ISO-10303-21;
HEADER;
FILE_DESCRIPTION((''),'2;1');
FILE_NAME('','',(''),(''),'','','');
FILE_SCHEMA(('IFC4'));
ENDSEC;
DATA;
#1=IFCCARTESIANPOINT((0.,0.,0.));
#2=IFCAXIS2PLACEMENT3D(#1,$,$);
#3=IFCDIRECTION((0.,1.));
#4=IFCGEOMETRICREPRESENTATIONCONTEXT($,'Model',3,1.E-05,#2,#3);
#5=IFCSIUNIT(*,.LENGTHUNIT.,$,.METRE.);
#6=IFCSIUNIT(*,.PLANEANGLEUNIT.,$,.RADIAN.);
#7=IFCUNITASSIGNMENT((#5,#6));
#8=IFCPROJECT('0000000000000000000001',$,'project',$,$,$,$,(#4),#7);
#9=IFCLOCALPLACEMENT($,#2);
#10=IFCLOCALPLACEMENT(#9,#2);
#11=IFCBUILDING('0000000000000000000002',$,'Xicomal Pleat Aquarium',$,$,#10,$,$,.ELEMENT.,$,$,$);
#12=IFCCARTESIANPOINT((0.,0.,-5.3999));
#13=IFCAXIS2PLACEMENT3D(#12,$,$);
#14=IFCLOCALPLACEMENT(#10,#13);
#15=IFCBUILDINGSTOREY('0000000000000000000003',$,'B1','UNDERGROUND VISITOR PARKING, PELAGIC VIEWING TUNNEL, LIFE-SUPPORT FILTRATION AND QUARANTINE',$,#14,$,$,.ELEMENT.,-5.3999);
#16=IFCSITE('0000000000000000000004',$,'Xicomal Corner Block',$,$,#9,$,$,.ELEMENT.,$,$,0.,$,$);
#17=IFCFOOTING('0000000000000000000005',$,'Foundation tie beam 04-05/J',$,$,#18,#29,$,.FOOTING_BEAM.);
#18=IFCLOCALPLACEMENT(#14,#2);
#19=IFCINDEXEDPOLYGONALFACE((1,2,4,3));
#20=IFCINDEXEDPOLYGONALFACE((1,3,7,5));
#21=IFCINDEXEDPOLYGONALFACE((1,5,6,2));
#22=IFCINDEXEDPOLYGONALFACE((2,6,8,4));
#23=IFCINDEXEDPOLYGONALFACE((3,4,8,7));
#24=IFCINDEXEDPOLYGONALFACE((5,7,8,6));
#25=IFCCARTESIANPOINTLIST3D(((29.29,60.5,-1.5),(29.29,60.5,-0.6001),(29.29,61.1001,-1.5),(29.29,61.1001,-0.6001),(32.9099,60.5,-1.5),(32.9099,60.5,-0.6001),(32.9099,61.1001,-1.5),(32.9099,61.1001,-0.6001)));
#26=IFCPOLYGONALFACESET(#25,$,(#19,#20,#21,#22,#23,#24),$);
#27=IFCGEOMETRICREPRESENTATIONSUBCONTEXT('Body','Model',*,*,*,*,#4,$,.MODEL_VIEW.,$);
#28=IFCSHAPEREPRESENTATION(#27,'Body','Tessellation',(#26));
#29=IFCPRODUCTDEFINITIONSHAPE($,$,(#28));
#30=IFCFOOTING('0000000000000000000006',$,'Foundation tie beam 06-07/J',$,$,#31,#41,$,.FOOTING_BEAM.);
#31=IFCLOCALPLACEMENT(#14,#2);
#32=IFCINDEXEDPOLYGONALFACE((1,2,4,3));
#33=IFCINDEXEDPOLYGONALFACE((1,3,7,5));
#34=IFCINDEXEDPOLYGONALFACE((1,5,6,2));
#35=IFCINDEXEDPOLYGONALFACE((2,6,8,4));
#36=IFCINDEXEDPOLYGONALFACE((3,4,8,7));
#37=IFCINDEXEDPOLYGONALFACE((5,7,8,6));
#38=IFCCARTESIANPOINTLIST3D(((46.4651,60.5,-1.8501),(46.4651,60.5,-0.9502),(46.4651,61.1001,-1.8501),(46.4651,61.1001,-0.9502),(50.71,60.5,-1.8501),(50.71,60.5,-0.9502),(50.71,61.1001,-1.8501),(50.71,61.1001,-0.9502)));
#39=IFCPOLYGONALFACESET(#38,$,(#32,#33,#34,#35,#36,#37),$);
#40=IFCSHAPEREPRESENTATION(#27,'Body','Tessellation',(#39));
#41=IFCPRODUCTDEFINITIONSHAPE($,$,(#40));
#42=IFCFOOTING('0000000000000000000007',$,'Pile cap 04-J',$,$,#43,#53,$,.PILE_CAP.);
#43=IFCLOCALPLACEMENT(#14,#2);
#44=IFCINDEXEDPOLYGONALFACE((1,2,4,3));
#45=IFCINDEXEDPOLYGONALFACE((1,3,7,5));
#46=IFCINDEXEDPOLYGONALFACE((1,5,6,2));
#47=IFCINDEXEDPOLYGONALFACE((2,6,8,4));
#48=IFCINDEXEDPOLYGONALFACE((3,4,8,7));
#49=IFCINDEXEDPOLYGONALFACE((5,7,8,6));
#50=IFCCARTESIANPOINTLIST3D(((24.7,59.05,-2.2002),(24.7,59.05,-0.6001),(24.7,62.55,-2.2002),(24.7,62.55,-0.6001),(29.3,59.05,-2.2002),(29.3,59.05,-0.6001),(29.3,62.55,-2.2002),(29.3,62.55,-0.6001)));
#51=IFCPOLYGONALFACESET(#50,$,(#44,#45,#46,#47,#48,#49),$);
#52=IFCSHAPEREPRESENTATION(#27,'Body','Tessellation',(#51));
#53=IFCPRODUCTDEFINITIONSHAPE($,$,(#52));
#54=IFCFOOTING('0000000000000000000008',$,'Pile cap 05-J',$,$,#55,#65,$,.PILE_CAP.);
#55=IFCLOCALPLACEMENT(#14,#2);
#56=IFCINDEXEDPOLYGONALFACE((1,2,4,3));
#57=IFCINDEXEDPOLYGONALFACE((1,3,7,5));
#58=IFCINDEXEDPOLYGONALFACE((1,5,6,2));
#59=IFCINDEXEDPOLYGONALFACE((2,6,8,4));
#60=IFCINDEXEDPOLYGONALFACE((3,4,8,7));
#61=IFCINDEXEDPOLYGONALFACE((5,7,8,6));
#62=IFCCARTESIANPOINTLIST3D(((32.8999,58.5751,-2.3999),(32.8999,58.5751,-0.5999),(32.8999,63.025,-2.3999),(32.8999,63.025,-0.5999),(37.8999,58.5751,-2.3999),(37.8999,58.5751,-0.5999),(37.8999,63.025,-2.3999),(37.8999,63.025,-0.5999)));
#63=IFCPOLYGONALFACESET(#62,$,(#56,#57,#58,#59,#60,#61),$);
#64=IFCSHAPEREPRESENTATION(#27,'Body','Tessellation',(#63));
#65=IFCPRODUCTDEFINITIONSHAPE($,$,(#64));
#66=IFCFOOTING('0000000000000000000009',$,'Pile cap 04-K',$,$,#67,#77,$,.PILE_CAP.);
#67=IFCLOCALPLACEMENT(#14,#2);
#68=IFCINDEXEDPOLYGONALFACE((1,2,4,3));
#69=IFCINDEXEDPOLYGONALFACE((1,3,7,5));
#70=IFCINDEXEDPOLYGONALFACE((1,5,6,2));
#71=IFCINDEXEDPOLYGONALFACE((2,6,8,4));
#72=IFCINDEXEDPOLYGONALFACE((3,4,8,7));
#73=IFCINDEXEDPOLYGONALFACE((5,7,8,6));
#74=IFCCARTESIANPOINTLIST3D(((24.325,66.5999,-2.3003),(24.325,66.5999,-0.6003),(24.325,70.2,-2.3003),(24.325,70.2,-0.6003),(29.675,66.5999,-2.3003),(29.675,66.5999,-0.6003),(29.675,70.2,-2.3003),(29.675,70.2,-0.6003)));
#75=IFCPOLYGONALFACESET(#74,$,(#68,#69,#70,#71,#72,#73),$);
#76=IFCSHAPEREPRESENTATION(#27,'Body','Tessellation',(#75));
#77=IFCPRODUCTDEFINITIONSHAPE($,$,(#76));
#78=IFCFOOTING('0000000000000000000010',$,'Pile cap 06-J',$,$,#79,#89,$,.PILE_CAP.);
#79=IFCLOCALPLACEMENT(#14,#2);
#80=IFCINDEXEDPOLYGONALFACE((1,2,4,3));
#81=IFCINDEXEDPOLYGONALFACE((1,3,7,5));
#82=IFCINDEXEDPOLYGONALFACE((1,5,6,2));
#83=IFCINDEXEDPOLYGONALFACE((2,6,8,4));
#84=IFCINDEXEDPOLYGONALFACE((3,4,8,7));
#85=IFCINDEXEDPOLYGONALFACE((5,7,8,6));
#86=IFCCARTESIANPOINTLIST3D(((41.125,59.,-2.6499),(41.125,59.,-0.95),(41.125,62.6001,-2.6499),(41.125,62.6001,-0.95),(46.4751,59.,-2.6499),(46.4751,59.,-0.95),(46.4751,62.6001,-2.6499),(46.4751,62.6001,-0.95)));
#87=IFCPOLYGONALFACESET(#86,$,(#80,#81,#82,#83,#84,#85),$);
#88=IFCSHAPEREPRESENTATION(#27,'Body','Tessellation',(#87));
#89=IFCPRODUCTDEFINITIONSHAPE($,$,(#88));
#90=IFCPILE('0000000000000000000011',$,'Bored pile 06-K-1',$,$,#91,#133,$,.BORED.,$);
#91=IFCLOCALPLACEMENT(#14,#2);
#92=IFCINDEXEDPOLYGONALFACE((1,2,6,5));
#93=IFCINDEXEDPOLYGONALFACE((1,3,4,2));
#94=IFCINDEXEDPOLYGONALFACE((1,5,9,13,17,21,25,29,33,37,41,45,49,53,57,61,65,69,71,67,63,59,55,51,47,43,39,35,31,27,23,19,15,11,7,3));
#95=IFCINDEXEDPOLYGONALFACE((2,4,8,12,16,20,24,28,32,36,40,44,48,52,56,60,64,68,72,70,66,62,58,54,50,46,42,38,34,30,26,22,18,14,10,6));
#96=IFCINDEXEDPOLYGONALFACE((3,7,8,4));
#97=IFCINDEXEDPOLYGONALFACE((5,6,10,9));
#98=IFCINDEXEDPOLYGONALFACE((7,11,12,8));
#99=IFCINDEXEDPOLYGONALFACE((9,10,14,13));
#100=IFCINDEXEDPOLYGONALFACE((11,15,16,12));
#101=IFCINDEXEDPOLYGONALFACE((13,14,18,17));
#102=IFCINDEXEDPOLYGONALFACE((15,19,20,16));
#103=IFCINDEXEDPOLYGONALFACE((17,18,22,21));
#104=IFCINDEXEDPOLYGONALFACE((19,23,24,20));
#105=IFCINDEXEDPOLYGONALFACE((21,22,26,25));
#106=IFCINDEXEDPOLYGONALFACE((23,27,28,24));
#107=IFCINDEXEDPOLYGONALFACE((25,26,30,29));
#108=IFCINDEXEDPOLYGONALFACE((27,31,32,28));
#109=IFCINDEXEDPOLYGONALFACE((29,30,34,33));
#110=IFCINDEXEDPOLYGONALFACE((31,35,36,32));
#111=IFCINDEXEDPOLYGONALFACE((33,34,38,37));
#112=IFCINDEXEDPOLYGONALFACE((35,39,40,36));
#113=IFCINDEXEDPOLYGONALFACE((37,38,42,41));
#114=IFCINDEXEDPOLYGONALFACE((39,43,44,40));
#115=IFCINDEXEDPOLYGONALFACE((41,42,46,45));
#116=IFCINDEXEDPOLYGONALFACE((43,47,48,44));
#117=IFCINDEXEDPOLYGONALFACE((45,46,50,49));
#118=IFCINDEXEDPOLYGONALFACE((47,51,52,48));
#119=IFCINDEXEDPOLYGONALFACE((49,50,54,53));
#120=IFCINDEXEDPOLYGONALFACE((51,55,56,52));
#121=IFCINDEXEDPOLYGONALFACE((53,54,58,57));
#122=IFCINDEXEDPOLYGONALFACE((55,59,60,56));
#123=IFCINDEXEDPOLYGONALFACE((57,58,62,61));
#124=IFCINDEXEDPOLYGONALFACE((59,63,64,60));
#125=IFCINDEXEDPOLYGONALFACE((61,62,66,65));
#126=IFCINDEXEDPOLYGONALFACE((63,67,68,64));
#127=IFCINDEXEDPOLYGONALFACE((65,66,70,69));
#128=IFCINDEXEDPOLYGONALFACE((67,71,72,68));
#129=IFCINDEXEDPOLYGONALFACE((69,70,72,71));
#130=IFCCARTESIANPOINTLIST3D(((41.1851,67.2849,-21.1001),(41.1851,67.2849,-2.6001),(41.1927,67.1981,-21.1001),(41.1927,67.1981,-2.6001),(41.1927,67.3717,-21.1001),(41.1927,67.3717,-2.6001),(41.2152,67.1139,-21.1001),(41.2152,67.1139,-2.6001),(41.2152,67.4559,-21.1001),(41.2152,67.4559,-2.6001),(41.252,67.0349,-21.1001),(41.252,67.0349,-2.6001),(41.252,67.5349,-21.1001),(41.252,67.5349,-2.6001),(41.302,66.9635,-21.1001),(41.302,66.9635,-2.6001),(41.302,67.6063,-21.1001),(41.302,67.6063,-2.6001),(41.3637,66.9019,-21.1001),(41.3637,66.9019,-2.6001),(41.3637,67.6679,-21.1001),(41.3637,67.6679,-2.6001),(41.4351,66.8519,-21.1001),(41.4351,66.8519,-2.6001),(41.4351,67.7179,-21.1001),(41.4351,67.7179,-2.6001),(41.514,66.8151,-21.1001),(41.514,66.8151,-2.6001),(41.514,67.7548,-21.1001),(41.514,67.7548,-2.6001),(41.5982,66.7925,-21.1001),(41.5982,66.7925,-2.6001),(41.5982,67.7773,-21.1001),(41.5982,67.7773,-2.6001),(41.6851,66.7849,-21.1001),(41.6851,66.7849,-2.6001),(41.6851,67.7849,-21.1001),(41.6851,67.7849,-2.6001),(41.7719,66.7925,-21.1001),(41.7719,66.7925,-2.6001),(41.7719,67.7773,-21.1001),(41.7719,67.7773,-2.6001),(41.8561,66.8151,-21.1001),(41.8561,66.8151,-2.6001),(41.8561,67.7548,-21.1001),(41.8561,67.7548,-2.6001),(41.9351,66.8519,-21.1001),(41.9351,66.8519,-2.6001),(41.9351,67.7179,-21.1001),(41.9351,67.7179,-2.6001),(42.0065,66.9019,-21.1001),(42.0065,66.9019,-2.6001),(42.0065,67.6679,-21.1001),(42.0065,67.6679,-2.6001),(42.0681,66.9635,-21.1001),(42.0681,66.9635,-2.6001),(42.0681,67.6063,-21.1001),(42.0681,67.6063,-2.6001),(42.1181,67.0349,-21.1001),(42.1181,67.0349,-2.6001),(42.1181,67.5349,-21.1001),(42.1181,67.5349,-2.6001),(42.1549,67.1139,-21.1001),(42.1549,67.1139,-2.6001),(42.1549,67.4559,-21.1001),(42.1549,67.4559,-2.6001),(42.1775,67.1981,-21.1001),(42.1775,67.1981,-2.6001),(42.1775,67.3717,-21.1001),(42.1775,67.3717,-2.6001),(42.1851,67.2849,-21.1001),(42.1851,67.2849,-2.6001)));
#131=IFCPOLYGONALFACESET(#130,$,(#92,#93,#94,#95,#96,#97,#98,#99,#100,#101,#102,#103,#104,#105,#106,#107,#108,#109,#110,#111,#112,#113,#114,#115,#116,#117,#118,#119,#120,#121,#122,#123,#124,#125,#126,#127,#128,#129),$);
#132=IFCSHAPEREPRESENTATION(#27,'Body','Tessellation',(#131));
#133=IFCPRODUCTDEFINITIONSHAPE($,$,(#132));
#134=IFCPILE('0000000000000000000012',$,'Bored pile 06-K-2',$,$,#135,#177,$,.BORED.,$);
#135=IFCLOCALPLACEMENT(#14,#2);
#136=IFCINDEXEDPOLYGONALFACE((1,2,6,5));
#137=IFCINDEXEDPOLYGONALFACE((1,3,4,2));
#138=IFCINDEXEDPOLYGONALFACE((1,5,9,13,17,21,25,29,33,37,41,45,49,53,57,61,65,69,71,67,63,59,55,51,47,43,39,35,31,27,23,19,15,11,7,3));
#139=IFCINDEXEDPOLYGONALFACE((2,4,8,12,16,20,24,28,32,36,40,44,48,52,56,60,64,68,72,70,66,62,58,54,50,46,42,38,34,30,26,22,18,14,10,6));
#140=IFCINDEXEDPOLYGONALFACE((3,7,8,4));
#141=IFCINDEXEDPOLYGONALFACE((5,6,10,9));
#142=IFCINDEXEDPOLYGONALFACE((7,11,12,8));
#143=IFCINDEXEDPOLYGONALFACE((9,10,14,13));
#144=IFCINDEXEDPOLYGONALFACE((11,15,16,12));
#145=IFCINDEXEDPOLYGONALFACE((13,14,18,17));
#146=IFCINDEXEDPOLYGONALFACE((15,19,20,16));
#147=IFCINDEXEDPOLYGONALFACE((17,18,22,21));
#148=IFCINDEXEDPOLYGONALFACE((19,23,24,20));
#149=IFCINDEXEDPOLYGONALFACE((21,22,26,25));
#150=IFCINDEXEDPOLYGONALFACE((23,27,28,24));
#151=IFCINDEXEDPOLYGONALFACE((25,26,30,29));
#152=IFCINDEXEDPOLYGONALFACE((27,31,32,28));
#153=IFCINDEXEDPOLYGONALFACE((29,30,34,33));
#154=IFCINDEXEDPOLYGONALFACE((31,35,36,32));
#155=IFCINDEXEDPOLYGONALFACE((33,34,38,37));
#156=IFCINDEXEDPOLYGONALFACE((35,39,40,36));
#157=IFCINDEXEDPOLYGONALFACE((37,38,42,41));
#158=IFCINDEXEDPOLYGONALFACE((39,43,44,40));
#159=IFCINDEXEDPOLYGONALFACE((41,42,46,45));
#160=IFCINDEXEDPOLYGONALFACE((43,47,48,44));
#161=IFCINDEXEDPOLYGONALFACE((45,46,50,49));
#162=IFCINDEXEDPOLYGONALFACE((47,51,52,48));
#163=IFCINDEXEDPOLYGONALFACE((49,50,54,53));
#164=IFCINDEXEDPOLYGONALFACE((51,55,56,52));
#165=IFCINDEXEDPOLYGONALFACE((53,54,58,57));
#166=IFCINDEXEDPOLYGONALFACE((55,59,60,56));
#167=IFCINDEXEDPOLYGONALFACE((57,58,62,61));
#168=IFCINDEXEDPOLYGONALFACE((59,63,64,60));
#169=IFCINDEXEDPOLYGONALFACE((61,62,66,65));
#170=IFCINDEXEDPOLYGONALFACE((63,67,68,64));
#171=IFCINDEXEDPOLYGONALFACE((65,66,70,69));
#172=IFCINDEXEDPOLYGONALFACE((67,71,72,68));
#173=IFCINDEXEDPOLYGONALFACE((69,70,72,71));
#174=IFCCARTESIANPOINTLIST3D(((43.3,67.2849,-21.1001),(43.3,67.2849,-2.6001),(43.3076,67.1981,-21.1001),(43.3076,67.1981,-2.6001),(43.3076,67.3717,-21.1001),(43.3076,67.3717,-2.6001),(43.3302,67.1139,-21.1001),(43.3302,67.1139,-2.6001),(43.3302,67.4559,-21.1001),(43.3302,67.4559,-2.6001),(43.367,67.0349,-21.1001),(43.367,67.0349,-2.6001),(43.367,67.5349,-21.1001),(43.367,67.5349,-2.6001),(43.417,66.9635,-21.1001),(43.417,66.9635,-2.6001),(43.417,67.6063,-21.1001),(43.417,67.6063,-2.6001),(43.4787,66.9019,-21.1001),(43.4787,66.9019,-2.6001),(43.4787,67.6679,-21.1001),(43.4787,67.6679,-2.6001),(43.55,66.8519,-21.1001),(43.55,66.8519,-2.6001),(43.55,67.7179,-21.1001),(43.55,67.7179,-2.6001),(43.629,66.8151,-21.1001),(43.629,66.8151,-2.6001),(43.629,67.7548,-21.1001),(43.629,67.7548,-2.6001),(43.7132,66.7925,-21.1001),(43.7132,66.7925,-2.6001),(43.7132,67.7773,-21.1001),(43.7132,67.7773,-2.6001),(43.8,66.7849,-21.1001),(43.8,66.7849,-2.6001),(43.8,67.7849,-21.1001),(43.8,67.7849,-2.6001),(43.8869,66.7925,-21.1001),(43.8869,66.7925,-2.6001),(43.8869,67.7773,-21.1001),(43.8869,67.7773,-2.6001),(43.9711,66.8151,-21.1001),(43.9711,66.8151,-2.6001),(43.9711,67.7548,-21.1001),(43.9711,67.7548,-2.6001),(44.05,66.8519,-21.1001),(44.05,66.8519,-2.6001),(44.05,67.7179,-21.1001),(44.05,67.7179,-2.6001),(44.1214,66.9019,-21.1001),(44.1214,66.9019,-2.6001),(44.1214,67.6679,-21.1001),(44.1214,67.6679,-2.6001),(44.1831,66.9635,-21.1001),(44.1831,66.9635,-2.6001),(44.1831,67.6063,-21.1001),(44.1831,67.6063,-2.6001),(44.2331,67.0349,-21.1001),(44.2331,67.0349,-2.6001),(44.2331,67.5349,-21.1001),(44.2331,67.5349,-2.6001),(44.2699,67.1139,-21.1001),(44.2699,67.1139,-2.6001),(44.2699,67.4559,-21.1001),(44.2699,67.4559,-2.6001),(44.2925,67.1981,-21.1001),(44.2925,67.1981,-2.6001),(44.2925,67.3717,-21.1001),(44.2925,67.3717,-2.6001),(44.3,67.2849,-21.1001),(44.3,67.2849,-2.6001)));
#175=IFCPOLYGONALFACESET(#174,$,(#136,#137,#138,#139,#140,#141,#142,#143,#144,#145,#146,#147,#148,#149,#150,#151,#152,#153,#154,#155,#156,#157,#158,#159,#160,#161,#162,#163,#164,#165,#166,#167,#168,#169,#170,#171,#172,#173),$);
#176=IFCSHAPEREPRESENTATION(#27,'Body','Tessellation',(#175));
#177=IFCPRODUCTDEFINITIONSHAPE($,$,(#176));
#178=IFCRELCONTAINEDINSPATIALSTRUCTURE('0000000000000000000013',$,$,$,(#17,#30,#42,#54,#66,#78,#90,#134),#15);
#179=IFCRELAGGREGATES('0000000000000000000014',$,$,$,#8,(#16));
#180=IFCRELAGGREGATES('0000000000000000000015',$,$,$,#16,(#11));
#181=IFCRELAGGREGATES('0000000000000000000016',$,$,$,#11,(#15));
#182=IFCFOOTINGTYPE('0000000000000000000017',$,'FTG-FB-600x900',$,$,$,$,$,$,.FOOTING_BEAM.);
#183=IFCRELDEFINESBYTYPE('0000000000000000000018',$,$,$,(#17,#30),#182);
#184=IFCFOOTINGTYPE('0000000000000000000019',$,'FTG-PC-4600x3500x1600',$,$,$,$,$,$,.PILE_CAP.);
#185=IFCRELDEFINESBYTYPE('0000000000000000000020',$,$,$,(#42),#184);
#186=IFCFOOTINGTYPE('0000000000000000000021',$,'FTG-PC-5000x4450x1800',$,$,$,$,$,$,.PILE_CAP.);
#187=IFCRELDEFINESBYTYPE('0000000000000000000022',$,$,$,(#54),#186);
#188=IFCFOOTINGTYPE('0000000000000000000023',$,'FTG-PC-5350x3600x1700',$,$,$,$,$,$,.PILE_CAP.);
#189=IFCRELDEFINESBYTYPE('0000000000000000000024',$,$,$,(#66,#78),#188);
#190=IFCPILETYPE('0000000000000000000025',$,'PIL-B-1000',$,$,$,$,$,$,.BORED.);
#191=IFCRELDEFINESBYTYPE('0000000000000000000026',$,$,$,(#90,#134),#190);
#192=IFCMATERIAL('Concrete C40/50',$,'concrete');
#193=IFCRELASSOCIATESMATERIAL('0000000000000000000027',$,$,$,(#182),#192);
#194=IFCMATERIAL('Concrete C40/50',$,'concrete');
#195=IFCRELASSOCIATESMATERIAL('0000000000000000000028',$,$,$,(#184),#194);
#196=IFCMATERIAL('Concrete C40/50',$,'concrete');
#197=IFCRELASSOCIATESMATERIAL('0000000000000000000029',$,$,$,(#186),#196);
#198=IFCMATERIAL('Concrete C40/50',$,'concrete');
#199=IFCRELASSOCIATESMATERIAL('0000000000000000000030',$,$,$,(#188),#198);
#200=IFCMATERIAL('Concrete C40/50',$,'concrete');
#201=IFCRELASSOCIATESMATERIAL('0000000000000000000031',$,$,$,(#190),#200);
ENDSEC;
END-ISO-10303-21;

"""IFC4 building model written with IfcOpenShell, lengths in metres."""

from ifc_helpers import new_model, si_unit, direction, frame, origin, origin_2d, place, context, subcontext, project, spatial, rectangle, circle, extrude, material, material_profile, profile_set, type_object, element, save


model = new_model("IFC4")

# Units and contexts
model_context = context("Model", 3, precision=1e-05, world=origin(), true_north=direction((0.0, 1.0)))
body_context = subcontext(model_context, "Body", "Model", "MODEL_VIEW")
ifc_project = project(units=[si_unit("LENGTHUNIT", "METRE"), si_unit("PLANEANGLEUNIT", "RADIAN")], contexts=[model_context])

# Site, building, storey
site_placement = place(None, origin())
site = spatial("IfcSite", under=ifc_project, at=site_placement, Name="Xicomal Corner Block", CompositionType="ELEMENT", RefElevation=0.0)
building_placement = place(site_placement, origin())
building = spatial("IfcBuilding", under=site, at=building_placement, Name="Xicomal Pleat Aquarium", CompositionType="ELEMENT")
storey_placement = place(building_placement, frame((0.0, 0.0, -5.3999)))
storey = spatial("IfcBuildingStorey", under=building, at=storey_placement, Name="B1", Description="UNDERGROUND VISITOR PARKING, PELAGIC VIEWING TUNNEL, LIFE-SUPPORT FILTRATION AND QUARANTINE", CompositionType="ELEMENT", Elevation=-5.3999)

# Footings
ifc_material_1 = material(Name="Concrete C40/50", Category="concrete")
ifc_material_profile_1 = material_profile(ifc_material_1, rectangle(XDim=0.6001, YDim=0.8999, at=origin_2d()), Name="FB-02 600x900")
ifc_profile_set_1 = profile_set([ifc_material_profile_1], Name="Concrete C40/50")
footing_type_1 = type_object("IfcFootingType", Name="FTG-FB-600x900", PredefinedType="FOOTING_BEAM", material=ifc_profile_set_1)
footing_1_placement = place(storey_placement, frame((29.29, 60.8, -1.05), z_axis=(1.0, 0.0, 0.0), x_axis=(0.0, 1.0, 0.0)))
element("IfcFooting", 1, at=footing_1_placement, inside=storey, type_object=footing_type_1, Name="Foundation tie beam 04-05/J", PredefinedType="FOOTING_BEAM", context=body_context, shape_type="SweptSolid", body=[
    extrude(rectangle(XDim=0.6001, YDim=0.8999, at=origin_2d()), origin(), (0.0, 0.0, 1.0), 3.6199),
])
footing_2_placement = place(storey_placement, frame((46.4651, 60.8, -1.4001), z_axis=(1.0, 0.0, 0.0), x_axis=(0.0, 1.0, 0.0)))
element("IfcFooting", 2, at=footing_2_placement, inside=storey, type_object=footing_type_1, Name="Foundation tie beam 06-07/J", PredefinedType="FOOTING_BEAM", context=body_context, shape_type="SweptSolid", body=[
    extrude(rectangle(XDim=0.6001, YDim=0.8999, at=origin_2d()), origin(), (0.0, 0.0, 1.0), 4.2449),
])
ifc_material_2 = material(Name="Concrete C40/50", Category="concrete")
footing_type_2 = type_object("IfcFootingType", Name="FTG-PC-4600x3500x1600", PredefinedType="PILE_CAP", material=ifc_material_2)
footing_3_placement = place(storey_placement, frame((27.0, 60.8, -2.2002), z_axis=(0.0, 0.0, 1.0), x_axis=(1.0, 0.0, 0.0)))
element("IfcFooting", 3, at=footing_3_placement, inside=storey, type_object=footing_type_2, Name="Pile cap 04-J", PredefinedType="PILE_CAP", context=body_context, shape_type="SweptSolid", body=[
    extrude(rectangle(XDim=4.6001, YDim=3.5, at=origin_2d()), origin(), (0.0, 0.0, 1.0), 1.6001),
])
ifc_material_3 = material(Name="Concrete C40/50", Category="concrete")
footing_type_3 = type_object("IfcFootingType", Name="FTG-PC-5000x4450x1800", PredefinedType="PILE_CAP", material=ifc_material_3)
footing_4_placement = place(storey_placement, frame((35.3999, 60.8, -2.3999), z_axis=(0.0, 0.0, 1.0), x_axis=(1.0, 0.0, 0.0)))
element("IfcFooting", 4, at=footing_4_placement, inside=storey, type_object=footing_type_3, Name="Pile cap 05-J", PredefinedType="PILE_CAP", context=body_context, shape_type="SweptSolid", body=[
    extrude(rectangle(XDim=5.0, YDim=4.45, at=origin_2d()), origin(), (0.0, 0.0, 1.0), 1.8),
])
ifc_material_4 = material(Name="Concrete C40/50", Category="concrete")
footing_type_4 = type_object("IfcFootingType", Name="FTG-PC-5350x3600x1700", PredefinedType="PILE_CAP", material=ifc_material_4)
for number, where, z_axis, x_axis, name in (
    (5, (27.0, 68.3999, -2.3003), (0.0, 0.0, 1.0), (1.0, 0.0, 0.0), "Pile cap 04-K"),
    (6, (43.8, 60.8, -2.6499), (0.0, 0.0, 1.0), (1.0, 0.0, 0.0), "Pile cap 06-J"),
):
    element("IfcFooting", number, at=place(storey_placement, frame(where, z_axis=z_axis, x_axis=x_axis)), inside=storey, type_object=footing_type_4, Name=name, PredefinedType="PILE_CAP", context=body_context, shape_type="SweptSolid", body=[
        extrude(rectangle(XDim=5.3501, YDim=3.6001, at=origin_2d()), origin(), (0.0, 0.0, 1.0), 1.7),
    ])

# Piles
ifc_material_5 = material(Name="Concrete C40/50", Category="concrete")
ifc_material_profile_2 = material_profile(ifc_material_5, circle(Radius=0.5, at=origin_2d()), Name="BORED PILE D1000")
ifc_profile_set_2 = profile_set([ifc_material_profile_2], Name="Concrete C40/50")
pile_type_1 = type_object("IfcPileType", Name="PIL-B-1000", PredefinedType="BORED", material=ifc_profile_set_2)
for number, where, z_axis, x_axis, name in (
    (7, (41.6851, 67.2849, -2.6001), (0.0, 0.0, -1.0), (1.0, 0.0, 0.0), "Bored pile 06-K-1"),
    (8, (43.8, 67.2849, -2.6001), (0.0, 0.0, -1.0), (1.0, 0.0, 0.0), "Bored pile 06-K-2"),
):
    element("IfcPile", number, at=place(storey_placement, frame(where, z_axis=z_axis, x_axis=x_axis)), inside=storey, type_object=pile_type_1, Name=name, PredefinedType="BORED", context=body_context, shape_type="SweptSolid", body=[
        extrude(circle(Radius=0.5, at=origin_2d()), origin(), (0.0, 0.0, 1.0), 18.5),
    ])

save(model, "model.ifc")
